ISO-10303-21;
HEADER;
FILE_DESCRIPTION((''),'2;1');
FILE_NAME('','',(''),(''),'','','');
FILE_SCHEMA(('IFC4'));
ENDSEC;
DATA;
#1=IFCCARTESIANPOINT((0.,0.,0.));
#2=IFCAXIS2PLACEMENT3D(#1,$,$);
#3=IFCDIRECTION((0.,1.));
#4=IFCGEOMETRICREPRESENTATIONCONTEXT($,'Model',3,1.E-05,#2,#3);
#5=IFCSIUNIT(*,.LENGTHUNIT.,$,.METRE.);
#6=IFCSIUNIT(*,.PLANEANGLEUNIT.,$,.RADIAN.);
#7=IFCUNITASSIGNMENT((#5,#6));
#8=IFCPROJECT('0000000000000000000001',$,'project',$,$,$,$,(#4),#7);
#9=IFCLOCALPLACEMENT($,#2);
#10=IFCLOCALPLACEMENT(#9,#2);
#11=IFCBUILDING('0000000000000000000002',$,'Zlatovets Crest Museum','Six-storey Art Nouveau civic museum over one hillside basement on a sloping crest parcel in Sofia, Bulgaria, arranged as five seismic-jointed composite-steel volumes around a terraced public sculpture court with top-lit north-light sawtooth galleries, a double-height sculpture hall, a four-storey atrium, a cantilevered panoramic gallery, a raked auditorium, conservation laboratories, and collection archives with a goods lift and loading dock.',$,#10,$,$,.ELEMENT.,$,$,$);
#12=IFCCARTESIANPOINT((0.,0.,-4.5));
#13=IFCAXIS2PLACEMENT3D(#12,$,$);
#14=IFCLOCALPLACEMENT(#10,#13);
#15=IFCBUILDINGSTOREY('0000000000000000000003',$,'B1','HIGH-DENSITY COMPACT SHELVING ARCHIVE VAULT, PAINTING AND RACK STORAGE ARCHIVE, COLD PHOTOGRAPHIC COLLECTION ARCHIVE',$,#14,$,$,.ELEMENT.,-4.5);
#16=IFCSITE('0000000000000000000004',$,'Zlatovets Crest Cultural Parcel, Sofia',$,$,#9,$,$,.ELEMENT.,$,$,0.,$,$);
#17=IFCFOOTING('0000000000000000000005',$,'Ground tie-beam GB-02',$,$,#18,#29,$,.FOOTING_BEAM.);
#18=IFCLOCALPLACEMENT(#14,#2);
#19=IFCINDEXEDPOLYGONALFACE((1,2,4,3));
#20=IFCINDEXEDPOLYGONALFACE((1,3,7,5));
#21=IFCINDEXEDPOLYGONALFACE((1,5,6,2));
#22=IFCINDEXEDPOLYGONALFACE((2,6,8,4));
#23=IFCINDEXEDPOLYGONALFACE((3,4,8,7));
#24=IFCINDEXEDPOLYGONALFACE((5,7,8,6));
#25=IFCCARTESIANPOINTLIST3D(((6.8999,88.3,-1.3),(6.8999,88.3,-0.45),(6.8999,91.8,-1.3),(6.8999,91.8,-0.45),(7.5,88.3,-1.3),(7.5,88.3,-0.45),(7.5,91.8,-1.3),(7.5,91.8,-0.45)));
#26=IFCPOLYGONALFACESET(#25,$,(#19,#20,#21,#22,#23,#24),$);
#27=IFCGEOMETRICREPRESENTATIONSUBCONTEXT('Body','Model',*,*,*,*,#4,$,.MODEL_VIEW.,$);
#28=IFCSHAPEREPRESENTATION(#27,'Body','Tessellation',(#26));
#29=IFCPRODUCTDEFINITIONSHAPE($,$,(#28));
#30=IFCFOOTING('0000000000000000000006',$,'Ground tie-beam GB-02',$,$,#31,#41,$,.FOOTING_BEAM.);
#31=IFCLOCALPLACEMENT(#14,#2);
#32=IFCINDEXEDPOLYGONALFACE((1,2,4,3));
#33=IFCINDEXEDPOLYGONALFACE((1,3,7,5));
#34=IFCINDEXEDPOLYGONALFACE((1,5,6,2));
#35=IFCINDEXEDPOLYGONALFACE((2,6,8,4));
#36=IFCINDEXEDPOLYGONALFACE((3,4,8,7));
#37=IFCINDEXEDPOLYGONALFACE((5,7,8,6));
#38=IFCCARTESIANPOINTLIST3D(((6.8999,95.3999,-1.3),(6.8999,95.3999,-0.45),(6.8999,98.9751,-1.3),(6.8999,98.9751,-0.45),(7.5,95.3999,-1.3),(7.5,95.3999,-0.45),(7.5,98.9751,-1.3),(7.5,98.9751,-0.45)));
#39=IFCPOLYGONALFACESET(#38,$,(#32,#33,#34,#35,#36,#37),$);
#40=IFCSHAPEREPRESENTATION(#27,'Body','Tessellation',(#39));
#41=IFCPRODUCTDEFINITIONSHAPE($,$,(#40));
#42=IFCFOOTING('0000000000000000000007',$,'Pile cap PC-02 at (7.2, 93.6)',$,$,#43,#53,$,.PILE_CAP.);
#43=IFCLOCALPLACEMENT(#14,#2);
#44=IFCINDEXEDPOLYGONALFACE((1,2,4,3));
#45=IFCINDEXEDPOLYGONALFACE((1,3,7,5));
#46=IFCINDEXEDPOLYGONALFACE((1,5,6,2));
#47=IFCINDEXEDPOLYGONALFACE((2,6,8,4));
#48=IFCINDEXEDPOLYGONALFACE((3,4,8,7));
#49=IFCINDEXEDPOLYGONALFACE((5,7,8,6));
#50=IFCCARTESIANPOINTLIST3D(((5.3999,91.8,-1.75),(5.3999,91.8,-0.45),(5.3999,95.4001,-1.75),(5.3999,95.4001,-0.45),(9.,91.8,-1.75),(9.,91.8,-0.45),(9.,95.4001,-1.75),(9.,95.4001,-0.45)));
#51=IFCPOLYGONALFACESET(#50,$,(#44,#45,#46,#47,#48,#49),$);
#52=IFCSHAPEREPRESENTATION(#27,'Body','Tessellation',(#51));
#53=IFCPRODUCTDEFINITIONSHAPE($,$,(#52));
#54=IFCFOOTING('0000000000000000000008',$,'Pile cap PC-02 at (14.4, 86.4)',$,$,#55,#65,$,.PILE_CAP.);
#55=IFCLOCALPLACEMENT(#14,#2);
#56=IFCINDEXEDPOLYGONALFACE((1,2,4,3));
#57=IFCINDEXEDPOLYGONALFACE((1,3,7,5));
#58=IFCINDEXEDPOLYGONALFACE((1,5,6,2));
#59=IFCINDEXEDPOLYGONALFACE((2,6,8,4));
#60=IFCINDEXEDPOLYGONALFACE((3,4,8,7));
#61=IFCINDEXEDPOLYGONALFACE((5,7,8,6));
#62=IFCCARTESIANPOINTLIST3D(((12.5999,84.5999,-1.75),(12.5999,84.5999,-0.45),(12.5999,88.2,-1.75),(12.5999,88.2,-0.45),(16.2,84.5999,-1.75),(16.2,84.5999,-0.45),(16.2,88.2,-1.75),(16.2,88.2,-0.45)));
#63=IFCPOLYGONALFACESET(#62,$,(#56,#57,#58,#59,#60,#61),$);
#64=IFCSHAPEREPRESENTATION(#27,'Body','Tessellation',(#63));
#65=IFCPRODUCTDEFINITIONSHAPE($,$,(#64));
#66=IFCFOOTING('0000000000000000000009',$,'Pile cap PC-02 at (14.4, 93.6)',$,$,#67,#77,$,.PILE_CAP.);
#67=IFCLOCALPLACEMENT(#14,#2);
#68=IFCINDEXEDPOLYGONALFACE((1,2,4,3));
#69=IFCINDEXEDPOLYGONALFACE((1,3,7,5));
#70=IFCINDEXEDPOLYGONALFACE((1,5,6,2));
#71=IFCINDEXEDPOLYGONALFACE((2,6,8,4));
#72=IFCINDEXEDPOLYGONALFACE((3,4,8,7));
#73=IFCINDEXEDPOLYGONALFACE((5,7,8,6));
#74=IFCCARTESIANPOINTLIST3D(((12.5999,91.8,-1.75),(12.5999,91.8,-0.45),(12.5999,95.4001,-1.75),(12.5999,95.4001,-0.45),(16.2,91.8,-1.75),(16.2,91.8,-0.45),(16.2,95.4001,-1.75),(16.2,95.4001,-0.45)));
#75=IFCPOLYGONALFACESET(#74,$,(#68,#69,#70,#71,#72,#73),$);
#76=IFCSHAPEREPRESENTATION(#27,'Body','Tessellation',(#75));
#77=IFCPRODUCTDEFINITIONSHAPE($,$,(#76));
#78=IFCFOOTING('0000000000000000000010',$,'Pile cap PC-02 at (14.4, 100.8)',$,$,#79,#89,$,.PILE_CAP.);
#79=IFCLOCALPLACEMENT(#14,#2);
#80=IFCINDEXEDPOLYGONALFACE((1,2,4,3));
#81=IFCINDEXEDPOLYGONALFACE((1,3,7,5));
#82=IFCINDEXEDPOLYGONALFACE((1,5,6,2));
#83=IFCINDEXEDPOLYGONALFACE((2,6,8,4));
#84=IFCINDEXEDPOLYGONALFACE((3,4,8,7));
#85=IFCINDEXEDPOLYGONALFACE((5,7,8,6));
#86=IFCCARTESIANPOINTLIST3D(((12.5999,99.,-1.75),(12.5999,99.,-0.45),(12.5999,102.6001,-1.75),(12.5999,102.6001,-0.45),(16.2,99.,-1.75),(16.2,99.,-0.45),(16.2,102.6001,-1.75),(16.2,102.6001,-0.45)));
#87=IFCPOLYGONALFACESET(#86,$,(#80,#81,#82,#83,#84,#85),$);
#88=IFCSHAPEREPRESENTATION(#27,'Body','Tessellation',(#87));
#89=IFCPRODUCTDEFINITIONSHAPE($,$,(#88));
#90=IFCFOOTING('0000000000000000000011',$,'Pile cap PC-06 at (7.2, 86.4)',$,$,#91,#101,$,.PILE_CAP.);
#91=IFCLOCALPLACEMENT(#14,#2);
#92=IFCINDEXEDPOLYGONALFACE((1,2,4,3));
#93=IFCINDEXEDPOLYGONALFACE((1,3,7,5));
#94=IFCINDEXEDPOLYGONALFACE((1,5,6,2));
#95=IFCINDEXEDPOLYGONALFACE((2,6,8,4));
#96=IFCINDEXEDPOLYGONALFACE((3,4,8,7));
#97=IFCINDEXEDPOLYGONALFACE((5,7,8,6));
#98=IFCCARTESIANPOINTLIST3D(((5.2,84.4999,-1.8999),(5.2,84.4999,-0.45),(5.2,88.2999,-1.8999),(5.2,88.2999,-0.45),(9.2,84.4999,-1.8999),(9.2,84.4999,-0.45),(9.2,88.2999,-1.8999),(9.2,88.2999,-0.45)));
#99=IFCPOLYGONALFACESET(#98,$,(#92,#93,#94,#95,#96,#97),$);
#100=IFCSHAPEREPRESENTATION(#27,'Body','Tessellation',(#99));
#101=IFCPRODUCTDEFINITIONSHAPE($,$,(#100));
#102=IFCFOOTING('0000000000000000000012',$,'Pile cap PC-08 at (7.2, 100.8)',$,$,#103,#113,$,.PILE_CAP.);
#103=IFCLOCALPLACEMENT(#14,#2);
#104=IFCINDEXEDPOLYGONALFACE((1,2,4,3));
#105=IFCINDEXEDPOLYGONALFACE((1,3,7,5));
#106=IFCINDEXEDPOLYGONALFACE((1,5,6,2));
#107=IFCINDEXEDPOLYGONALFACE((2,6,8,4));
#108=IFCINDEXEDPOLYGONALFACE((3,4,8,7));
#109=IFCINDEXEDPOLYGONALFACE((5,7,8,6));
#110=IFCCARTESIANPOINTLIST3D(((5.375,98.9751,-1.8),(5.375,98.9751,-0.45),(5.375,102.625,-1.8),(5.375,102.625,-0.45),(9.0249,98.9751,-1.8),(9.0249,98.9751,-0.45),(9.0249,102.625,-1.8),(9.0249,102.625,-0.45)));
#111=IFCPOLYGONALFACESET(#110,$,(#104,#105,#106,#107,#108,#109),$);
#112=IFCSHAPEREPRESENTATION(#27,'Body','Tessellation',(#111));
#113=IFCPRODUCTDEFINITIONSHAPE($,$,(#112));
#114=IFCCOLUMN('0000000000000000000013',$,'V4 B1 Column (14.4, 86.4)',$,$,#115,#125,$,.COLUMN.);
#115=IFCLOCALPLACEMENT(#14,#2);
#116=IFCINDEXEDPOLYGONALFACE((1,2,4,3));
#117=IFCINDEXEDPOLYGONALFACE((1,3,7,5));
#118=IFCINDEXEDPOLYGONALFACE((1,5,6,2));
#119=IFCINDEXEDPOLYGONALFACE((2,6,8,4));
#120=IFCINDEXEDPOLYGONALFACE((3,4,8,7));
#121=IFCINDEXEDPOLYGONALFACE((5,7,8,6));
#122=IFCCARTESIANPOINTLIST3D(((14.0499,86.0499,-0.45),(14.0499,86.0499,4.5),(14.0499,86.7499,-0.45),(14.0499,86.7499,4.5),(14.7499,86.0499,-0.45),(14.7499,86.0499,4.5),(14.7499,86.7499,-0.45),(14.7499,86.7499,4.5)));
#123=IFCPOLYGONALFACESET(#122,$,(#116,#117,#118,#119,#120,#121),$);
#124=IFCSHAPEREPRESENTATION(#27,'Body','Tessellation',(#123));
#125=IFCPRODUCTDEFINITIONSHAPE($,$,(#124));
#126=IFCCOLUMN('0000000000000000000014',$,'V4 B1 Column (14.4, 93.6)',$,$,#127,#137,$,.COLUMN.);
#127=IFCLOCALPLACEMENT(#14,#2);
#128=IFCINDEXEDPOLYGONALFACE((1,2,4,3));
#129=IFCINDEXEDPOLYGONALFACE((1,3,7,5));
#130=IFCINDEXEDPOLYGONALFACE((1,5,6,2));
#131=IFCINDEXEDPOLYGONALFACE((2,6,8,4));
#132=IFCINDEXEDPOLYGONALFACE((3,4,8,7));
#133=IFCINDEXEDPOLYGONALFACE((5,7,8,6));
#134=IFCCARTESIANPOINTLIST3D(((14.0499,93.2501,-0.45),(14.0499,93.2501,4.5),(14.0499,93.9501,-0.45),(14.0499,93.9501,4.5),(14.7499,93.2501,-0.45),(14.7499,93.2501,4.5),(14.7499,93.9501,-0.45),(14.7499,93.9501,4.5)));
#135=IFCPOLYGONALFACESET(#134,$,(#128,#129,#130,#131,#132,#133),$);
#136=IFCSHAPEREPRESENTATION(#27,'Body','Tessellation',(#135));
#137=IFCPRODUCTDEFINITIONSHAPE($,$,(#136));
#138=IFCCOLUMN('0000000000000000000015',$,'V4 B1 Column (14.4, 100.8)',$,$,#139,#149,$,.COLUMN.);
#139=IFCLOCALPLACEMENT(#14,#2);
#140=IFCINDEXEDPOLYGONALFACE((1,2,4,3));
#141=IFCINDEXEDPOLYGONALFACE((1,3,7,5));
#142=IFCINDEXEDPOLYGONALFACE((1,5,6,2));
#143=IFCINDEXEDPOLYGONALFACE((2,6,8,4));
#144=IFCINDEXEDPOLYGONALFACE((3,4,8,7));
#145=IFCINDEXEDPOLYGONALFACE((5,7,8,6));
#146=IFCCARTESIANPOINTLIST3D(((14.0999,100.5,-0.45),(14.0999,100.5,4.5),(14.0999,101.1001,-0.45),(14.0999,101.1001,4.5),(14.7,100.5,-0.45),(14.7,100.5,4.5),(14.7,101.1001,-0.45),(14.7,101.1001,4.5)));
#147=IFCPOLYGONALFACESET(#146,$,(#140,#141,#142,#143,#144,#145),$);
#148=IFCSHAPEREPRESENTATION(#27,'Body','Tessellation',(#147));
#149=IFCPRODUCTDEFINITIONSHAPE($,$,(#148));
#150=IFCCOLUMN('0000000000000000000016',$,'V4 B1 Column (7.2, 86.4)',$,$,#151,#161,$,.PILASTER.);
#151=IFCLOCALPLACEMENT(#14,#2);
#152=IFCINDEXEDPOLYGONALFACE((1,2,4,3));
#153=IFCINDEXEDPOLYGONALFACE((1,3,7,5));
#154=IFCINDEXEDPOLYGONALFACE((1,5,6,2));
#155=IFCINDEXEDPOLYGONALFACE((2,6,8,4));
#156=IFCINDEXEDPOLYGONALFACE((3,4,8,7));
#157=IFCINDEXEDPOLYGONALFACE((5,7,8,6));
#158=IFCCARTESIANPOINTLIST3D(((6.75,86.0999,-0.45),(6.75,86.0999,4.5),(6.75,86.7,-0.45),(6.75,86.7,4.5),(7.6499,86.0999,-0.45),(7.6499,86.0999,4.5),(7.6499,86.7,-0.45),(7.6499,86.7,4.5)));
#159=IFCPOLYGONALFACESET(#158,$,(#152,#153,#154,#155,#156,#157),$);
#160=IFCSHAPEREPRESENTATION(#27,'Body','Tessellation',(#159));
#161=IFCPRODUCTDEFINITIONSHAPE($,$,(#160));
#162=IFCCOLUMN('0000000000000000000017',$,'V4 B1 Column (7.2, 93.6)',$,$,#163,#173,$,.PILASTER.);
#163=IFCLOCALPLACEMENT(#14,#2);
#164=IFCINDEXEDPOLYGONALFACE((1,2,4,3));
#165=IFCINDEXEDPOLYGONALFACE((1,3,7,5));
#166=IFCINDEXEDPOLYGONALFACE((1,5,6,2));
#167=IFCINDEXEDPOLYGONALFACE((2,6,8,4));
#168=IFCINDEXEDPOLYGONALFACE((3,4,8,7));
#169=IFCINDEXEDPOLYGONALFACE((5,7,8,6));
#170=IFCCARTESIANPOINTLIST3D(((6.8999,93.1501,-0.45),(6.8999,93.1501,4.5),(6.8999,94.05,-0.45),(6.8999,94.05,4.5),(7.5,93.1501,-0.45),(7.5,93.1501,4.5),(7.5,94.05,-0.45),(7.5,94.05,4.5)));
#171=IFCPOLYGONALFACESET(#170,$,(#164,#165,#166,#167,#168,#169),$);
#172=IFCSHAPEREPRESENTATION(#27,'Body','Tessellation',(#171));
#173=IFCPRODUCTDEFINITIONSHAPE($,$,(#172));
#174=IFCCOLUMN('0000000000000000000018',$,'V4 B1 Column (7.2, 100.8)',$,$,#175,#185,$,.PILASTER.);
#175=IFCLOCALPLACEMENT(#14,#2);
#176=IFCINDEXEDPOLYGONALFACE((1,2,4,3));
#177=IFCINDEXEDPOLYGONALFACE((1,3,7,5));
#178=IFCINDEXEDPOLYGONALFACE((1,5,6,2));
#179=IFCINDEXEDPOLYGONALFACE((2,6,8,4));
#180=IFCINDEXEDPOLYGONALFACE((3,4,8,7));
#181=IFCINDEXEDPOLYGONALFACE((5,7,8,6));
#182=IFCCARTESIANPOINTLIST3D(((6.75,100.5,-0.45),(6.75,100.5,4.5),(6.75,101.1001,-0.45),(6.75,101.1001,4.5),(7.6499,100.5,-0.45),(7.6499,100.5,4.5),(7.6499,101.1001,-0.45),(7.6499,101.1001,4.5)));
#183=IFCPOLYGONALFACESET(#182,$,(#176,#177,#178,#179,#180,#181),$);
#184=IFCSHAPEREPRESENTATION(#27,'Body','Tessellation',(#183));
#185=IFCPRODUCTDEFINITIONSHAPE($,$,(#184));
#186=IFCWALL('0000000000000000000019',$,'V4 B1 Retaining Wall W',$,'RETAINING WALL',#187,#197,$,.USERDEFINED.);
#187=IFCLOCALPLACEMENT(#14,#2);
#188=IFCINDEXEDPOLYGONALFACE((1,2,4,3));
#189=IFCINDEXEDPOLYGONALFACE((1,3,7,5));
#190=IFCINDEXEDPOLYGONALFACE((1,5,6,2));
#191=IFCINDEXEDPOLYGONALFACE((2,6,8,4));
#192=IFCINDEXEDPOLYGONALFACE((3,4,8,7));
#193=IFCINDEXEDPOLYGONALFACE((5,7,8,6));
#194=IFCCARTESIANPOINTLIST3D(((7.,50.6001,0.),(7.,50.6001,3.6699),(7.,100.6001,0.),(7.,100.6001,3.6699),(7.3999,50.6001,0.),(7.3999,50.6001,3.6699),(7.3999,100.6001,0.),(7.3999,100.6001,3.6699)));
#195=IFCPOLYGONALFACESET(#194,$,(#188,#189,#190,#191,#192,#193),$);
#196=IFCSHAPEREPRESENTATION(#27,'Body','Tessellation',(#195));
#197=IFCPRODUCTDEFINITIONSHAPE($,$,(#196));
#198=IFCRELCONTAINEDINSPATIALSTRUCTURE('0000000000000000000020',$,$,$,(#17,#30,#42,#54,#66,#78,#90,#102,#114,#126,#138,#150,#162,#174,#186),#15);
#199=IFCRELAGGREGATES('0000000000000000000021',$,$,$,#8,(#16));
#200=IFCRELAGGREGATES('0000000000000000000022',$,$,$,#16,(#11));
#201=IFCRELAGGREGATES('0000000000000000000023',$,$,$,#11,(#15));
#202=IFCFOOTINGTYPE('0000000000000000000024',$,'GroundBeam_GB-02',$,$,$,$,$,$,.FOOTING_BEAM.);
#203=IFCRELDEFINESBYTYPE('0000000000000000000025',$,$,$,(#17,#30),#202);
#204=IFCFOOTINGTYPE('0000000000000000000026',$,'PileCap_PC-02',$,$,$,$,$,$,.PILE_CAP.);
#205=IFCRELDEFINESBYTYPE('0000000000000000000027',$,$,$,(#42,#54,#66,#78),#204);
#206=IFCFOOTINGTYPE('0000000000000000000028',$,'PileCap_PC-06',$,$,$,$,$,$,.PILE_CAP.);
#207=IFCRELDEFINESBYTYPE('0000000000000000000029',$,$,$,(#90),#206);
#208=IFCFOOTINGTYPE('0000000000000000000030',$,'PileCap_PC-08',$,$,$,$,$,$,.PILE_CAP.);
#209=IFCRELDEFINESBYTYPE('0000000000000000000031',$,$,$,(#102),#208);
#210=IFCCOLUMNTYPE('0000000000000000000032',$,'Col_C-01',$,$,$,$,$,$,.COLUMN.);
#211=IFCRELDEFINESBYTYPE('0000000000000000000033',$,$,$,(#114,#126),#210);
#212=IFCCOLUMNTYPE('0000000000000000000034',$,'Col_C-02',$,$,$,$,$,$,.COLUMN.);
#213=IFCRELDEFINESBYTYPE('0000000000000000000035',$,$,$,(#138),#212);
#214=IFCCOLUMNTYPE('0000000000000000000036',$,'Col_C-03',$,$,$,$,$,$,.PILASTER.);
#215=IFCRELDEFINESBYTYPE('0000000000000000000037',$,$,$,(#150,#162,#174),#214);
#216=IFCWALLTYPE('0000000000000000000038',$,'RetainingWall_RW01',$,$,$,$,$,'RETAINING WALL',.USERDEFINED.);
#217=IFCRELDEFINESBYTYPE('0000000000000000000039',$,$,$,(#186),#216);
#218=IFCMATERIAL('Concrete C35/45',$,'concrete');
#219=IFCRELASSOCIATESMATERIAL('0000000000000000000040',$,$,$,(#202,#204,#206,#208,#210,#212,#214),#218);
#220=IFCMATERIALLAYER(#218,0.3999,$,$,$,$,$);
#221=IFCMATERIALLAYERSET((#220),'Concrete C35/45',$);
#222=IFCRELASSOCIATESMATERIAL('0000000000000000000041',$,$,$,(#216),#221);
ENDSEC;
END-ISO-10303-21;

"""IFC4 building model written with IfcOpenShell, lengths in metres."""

from ifc_helpers import new_model, si_unit, direction, frame, frame_2d, origin, origin_2d, place, context, subcontext, project, spatial, rectangle, extrude, material, layer, layer_set, material_profile, profile_set, type_object, element, save


model = new_model("IFC4")

# Units and contexts
model_context = context("Model", 3, precision=1e-05, world=origin(), true_north=direction((0.0, 1.0)))
body_context = subcontext(model_context, "Body", "Model", "MODEL_VIEW")
ifc_project = project(units=[si_unit("LENGTHUNIT", "METRE"), si_unit("PLANEANGLEUNIT", "RADIAN")], contexts=[model_context])

# Site, building, storey
site_placement = place(None, origin())
site = spatial("IfcSite", under=ifc_project, at=site_placement, Name="Zlatovets Crest Cultural Parcel, Sofia", CompositionType="ELEMENT", RefElevation=0.0)
building_placement = place(site_placement, origin())
building = spatial("IfcBuilding", under=site, at=building_placement, Name="Zlatovets Crest Museum", Description="Six-storey Art Nouveau civic museum over one hillside basement on a sloping crest parcel in Sofia, Bulgaria, arranged as five seismic-jointed composite-steel volumes around a terraced public sculpture court with top-lit north-light sawtooth galleries, a double-height sculpture hall, a four-storey atrium, a cantilevered panoramic gallery, a raked auditorium, conservation laboratories, and collection archives with a goods lift and loading dock.", CompositionType="ELEMENT")
storey_placement = place(building_placement, frame((0.0, 0.0, -4.5)))
storey = spatial("IfcBuildingStorey", under=building, at=storey_placement, Name="B1", Description="HIGH-DENSITY COMPACT SHELVING ARCHIVE VAULT, PAINTING AND RACK STORAGE ARCHIVE, COLD PHOTOGRAPHIC COLLECTION ARCHIVE", CompositionType="ELEMENT", Elevation=-4.5)

# Shared definitions
ifc_material = material(Name="Concrete C35/45", Category="concrete")

# Footings
ifc_material_profile_1 = material_profile(ifc_material, rectangle(XDim=0.6001, YDim=0.8501, at=origin_2d()), Name="RC 600x850")
ifc_profile_set_1 = profile_set([ifc_material_profile_1], Name="Concrete C35/45")
footing_type_1 = type_object("IfcFootingType", Name="GroundBeam_GB-02", PredefinedType="FOOTING_BEAM", material=ifc_profile_set_1)
footing_1_placement = place(storey_placement, frame((7.2, 88.3, -0.875), z_axis=(0.0, 1.0, 0.0), x_axis=(-1.0, 0.0, 0.0)))
element("IfcFooting", 1, at=footing_1_placement, inside=storey, type_object=footing_type_1, Name="Ground tie-beam GB-02", PredefinedType="FOOTING_BEAM", context=body_context, shape_type="SweptSolid", body=[
    extrude(rectangle(XDim=0.6001, YDim=0.8501, at=origin_2d()), origin(), (0.0, 0.0, 1.0), 3.5),
])
footing_2_placement = place(storey_placement, frame((7.2, 95.3999, -0.875), z_axis=(0.0, 1.0, 0.0), x_axis=(-1.0, 0.0, 0.0)))
element("IfcFooting", 2, at=footing_2_placement, inside=storey, type_object=footing_type_1, Name="Ground tie-beam GB-02", PredefinedType="FOOTING_BEAM", context=body_context, shape_type="SweptSolid", body=[
    extrude(rectangle(XDim=0.6001, YDim=0.8501, at=origin_2d()), origin(), (0.0, 0.0, 1.0), 3.5752),
])
footing_type_2 = type_object("IfcFootingType", Name="PileCap_PC-02", PredefinedType="PILE_CAP", material=ifc_material)
for number, where, z_axis, x_axis, name in (
    (3, (7.2, 93.6001, -1.75), (0.0, 0.0, 1.0), (1.0, 0.0, 0.0), "Pile cap PC-02 at (7.2, 93.6)"),
    (4, (14.3999, 86.3999, -1.75), (0.0, 0.0, 1.0), (1.0, 0.0, 0.0), "Pile cap PC-02 at (14.4, 86.4)"),
    (5, (14.3999, 93.6001, -1.75), (0.0, 0.0, 1.0), (1.0, 0.0, 0.0), "Pile cap PC-02 at (14.4, 93.6)"),
    (6, (14.3999, 100.8, -1.75), (0.0, 0.0, 1.0), (1.0, 0.0, 0.0), "Pile cap PC-02 at (14.4, 100.8)"),
):
    element("IfcFooting", number, at=place(storey_placement, frame(where, z_axis=z_axis, x_axis=x_axis)), inside=storey, type_object=footing_type_2, Name=name, PredefinedType="PILE_CAP", context=body_context, shape_type="SweptSolid", body=[
        extrude(rectangle(XDim=3.6001, YDim=3.6001, at=origin_2d()), origin(), (0.0, 0.0, 1.0), 1.3),
    ])
footing_type_3 = type_object("IfcFootingType", Name="PileCap_PC-06", PredefinedType="PILE_CAP", material=ifc_material)
footing_3_placement = place(storey_placement, frame((7.2, 86.3999, -1.8999), z_axis=(0.0, 0.0, 1.0), x_axis=(1.0, 0.0, 0.0)))
element("IfcFooting", 7, at=footing_3_placement, inside=storey, type_object=footing_type_3, Name="Pile cap PC-06 at (7.2, 86.4)", PredefinedType="PILE_CAP", context=body_context, shape_type="SweptSolid", body=[
    extrude(rectangle(XDim=4.0, YDim=3.8, at=origin_2d()), origin(), (0.0, 0.0, 1.0), 1.45),
])
footing_type_4 = type_object("IfcFootingType", Name="PileCap_PC-08", PredefinedType="PILE_CAP", material=ifc_material)
footing_4_placement = place(storey_placement, frame((7.2, 100.8, -1.8), z_axis=(0.0, 0.0, 1.0), x_axis=(1.0, 0.0, 0.0)))
element("IfcFooting", 8, at=footing_4_placement, inside=storey, type_object=footing_type_4, Name="Pile cap PC-08 at (7.2, 100.8)", PredefinedType="PILE_CAP", context=body_context, shape_type="SweptSolid", body=[
    extrude(rectangle(XDim=3.6499, YDim=3.6499, at=origin_2d()), origin(), (0.0, 0.0, 1.0), 1.3501),
])

# Columns
ifc_material_profile_2 = material_profile(ifc_material, rectangle(XDim=0.7, YDim=0.7, at=origin_2d()), Name="RC 700x700")
ifc_profile_set_2 = profile_set([ifc_material_profile_2], Name="Concrete C35/45")
column_type_1 = type_object("IfcColumnType", Name="Col_C-01", PredefinedType="COLUMN", material=ifc_profile_set_2)
for number, where, z_axis, x_axis, name in (
    (9, (14.3999, 86.3999, -0.45), (0.0, 0.0, 1.0), (1.0, 0.0, 0.0), "V4 B1 Column (14.4, 86.4)"),
    (10, (14.3999, 93.6001, -0.45), (0.0, 0.0, 1.0), (0.0, 1.0, 0.0), "V4 B1 Column (14.4, 93.6)"),
):
    element("IfcColumn", number, at=place(storey_placement, frame(where, z_axis=z_axis, x_axis=x_axis)), inside=storey, type_object=column_type_1, Name=name, PredefinedType="COLUMN", context=body_context, shape_type="SweptSolid", body=[
        extrude(rectangle(XDim=0.7, YDim=0.7, at=origin_2d()), origin(), (0.0, 0.0, 1.0), 4.95),
    ])
ifc_material_profile_3 = material_profile(ifc_material, rectangle(XDim=0.6001, YDim=0.6001, at=origin_2d()), Name="RC 600x600")
ifc_profile_set_3 = profile_set([ifc_material_profile_3], Name="Concrete C35/45")
column_type_2 = type_object("IfcColumnType", Name="Col_C-02", PredefinedType="COLUMN", material=ifc_profile_set_3)
column_placement = place(storey_placement, frame((14.3999, 100.8, -0.45), z_axis=(0.0, 0.0, 1.0), x_axis=(1.0, 0.0, 0.0)))
element("IfcColumn", 11, at=column_placement, inside=storey, type_object=column_type_2, Name="V4 B1 Column (14.4, 100.8)", PredefinedType="COLUMN", context=body_context, shape_type="SweptSolid", body=[
    extrude(rectangle(XDim=0.6001, YDim=0.6001, at=origin_2d()), origin(), (0.0, 0.0, 1.0), 4.95),
])
ifc_material_profile_4 = material_profile(ifc_material, rectangle(XDim=0.6001, YDim=0.8999, at=origin_2d()), Name="RC 600x900")
ifc_profile_set_4 = profile_set([ifc_material_profile_4], Name="Concrete C35/45")
column_type_3 = type_object("IfcColumnType", Name="Col_C-03", PredefinedType="PILASTER", material=ifc_profile_set_4)
for number, where, z_axis, x_axis, name in (
    (12, (7.2, 86.3999, -0.45), (0.0, 0.0, 1.0), (0.0, 1.0, 0.0), "V4 B1 Column (7.2, 86.4)"),
    (13, (7.2, 93.6001, -0.45), (0.0, 0.0, 1.0), (1.0, 0.0, 0.0), "V4 B1 Column (7.2, 93.6)"),
    (14, (7.2, 100.8, -0.45), (0.0, 0.0, 1.0), (0.0, 1.0, 0.0), "V4 B1 Column (7.2, 100.8)"),
):
    element("IfcColumn", number, at=place(storey_placement, frame(where, z_axis=z_axis, x_axis=x_axis)), inside=storey, type_object=column_type_3, Name=name, PredefinedType="PILASTER", context=body_context, shape_type="SweptSolid", body=[
        extrude(rectangle(XDim=0.6001, YDim=0.8999, at=origin_2d()), origin(), (0.0, 0.0, 1.0), 4.95),
    ])

# Wall
ifc_layer = layer(ifc_material, 0.3999)
ifc_layer_set = layer_set([ifc_layer], Name="Concrete C35/45")
wall_type = type_object("IfcWallType", Name="RetainingWall_RW01", ElementType="RETAINING WALL", PredefinedType="USERDEFINED", material=ifc_layer_set)
wall_placement = place(storey_placement, frame((7.2, 100.6001, 0.0), z_axis=(0.0, 0.0, 1.0), x_axis=(0.0, -1.0, 0.0)))
element("IfcWall", 15, at=wall_placement, inside=storey, type_object=wall_type, Name="V4 B1 Retaining Wall W", ObjectType="RETAINING WALL", PredefinedType="USERDEFINED", context=body_context, shape_type="SweptSolid", body=[
    extrude(rectangle(XDim=50.0, YDim=0.3999, at=frame_2d((25.0, 0.0))), origin(), (0.0, 0.0, 1.0), 3.6699),
])

save(model, "model.ifc")
